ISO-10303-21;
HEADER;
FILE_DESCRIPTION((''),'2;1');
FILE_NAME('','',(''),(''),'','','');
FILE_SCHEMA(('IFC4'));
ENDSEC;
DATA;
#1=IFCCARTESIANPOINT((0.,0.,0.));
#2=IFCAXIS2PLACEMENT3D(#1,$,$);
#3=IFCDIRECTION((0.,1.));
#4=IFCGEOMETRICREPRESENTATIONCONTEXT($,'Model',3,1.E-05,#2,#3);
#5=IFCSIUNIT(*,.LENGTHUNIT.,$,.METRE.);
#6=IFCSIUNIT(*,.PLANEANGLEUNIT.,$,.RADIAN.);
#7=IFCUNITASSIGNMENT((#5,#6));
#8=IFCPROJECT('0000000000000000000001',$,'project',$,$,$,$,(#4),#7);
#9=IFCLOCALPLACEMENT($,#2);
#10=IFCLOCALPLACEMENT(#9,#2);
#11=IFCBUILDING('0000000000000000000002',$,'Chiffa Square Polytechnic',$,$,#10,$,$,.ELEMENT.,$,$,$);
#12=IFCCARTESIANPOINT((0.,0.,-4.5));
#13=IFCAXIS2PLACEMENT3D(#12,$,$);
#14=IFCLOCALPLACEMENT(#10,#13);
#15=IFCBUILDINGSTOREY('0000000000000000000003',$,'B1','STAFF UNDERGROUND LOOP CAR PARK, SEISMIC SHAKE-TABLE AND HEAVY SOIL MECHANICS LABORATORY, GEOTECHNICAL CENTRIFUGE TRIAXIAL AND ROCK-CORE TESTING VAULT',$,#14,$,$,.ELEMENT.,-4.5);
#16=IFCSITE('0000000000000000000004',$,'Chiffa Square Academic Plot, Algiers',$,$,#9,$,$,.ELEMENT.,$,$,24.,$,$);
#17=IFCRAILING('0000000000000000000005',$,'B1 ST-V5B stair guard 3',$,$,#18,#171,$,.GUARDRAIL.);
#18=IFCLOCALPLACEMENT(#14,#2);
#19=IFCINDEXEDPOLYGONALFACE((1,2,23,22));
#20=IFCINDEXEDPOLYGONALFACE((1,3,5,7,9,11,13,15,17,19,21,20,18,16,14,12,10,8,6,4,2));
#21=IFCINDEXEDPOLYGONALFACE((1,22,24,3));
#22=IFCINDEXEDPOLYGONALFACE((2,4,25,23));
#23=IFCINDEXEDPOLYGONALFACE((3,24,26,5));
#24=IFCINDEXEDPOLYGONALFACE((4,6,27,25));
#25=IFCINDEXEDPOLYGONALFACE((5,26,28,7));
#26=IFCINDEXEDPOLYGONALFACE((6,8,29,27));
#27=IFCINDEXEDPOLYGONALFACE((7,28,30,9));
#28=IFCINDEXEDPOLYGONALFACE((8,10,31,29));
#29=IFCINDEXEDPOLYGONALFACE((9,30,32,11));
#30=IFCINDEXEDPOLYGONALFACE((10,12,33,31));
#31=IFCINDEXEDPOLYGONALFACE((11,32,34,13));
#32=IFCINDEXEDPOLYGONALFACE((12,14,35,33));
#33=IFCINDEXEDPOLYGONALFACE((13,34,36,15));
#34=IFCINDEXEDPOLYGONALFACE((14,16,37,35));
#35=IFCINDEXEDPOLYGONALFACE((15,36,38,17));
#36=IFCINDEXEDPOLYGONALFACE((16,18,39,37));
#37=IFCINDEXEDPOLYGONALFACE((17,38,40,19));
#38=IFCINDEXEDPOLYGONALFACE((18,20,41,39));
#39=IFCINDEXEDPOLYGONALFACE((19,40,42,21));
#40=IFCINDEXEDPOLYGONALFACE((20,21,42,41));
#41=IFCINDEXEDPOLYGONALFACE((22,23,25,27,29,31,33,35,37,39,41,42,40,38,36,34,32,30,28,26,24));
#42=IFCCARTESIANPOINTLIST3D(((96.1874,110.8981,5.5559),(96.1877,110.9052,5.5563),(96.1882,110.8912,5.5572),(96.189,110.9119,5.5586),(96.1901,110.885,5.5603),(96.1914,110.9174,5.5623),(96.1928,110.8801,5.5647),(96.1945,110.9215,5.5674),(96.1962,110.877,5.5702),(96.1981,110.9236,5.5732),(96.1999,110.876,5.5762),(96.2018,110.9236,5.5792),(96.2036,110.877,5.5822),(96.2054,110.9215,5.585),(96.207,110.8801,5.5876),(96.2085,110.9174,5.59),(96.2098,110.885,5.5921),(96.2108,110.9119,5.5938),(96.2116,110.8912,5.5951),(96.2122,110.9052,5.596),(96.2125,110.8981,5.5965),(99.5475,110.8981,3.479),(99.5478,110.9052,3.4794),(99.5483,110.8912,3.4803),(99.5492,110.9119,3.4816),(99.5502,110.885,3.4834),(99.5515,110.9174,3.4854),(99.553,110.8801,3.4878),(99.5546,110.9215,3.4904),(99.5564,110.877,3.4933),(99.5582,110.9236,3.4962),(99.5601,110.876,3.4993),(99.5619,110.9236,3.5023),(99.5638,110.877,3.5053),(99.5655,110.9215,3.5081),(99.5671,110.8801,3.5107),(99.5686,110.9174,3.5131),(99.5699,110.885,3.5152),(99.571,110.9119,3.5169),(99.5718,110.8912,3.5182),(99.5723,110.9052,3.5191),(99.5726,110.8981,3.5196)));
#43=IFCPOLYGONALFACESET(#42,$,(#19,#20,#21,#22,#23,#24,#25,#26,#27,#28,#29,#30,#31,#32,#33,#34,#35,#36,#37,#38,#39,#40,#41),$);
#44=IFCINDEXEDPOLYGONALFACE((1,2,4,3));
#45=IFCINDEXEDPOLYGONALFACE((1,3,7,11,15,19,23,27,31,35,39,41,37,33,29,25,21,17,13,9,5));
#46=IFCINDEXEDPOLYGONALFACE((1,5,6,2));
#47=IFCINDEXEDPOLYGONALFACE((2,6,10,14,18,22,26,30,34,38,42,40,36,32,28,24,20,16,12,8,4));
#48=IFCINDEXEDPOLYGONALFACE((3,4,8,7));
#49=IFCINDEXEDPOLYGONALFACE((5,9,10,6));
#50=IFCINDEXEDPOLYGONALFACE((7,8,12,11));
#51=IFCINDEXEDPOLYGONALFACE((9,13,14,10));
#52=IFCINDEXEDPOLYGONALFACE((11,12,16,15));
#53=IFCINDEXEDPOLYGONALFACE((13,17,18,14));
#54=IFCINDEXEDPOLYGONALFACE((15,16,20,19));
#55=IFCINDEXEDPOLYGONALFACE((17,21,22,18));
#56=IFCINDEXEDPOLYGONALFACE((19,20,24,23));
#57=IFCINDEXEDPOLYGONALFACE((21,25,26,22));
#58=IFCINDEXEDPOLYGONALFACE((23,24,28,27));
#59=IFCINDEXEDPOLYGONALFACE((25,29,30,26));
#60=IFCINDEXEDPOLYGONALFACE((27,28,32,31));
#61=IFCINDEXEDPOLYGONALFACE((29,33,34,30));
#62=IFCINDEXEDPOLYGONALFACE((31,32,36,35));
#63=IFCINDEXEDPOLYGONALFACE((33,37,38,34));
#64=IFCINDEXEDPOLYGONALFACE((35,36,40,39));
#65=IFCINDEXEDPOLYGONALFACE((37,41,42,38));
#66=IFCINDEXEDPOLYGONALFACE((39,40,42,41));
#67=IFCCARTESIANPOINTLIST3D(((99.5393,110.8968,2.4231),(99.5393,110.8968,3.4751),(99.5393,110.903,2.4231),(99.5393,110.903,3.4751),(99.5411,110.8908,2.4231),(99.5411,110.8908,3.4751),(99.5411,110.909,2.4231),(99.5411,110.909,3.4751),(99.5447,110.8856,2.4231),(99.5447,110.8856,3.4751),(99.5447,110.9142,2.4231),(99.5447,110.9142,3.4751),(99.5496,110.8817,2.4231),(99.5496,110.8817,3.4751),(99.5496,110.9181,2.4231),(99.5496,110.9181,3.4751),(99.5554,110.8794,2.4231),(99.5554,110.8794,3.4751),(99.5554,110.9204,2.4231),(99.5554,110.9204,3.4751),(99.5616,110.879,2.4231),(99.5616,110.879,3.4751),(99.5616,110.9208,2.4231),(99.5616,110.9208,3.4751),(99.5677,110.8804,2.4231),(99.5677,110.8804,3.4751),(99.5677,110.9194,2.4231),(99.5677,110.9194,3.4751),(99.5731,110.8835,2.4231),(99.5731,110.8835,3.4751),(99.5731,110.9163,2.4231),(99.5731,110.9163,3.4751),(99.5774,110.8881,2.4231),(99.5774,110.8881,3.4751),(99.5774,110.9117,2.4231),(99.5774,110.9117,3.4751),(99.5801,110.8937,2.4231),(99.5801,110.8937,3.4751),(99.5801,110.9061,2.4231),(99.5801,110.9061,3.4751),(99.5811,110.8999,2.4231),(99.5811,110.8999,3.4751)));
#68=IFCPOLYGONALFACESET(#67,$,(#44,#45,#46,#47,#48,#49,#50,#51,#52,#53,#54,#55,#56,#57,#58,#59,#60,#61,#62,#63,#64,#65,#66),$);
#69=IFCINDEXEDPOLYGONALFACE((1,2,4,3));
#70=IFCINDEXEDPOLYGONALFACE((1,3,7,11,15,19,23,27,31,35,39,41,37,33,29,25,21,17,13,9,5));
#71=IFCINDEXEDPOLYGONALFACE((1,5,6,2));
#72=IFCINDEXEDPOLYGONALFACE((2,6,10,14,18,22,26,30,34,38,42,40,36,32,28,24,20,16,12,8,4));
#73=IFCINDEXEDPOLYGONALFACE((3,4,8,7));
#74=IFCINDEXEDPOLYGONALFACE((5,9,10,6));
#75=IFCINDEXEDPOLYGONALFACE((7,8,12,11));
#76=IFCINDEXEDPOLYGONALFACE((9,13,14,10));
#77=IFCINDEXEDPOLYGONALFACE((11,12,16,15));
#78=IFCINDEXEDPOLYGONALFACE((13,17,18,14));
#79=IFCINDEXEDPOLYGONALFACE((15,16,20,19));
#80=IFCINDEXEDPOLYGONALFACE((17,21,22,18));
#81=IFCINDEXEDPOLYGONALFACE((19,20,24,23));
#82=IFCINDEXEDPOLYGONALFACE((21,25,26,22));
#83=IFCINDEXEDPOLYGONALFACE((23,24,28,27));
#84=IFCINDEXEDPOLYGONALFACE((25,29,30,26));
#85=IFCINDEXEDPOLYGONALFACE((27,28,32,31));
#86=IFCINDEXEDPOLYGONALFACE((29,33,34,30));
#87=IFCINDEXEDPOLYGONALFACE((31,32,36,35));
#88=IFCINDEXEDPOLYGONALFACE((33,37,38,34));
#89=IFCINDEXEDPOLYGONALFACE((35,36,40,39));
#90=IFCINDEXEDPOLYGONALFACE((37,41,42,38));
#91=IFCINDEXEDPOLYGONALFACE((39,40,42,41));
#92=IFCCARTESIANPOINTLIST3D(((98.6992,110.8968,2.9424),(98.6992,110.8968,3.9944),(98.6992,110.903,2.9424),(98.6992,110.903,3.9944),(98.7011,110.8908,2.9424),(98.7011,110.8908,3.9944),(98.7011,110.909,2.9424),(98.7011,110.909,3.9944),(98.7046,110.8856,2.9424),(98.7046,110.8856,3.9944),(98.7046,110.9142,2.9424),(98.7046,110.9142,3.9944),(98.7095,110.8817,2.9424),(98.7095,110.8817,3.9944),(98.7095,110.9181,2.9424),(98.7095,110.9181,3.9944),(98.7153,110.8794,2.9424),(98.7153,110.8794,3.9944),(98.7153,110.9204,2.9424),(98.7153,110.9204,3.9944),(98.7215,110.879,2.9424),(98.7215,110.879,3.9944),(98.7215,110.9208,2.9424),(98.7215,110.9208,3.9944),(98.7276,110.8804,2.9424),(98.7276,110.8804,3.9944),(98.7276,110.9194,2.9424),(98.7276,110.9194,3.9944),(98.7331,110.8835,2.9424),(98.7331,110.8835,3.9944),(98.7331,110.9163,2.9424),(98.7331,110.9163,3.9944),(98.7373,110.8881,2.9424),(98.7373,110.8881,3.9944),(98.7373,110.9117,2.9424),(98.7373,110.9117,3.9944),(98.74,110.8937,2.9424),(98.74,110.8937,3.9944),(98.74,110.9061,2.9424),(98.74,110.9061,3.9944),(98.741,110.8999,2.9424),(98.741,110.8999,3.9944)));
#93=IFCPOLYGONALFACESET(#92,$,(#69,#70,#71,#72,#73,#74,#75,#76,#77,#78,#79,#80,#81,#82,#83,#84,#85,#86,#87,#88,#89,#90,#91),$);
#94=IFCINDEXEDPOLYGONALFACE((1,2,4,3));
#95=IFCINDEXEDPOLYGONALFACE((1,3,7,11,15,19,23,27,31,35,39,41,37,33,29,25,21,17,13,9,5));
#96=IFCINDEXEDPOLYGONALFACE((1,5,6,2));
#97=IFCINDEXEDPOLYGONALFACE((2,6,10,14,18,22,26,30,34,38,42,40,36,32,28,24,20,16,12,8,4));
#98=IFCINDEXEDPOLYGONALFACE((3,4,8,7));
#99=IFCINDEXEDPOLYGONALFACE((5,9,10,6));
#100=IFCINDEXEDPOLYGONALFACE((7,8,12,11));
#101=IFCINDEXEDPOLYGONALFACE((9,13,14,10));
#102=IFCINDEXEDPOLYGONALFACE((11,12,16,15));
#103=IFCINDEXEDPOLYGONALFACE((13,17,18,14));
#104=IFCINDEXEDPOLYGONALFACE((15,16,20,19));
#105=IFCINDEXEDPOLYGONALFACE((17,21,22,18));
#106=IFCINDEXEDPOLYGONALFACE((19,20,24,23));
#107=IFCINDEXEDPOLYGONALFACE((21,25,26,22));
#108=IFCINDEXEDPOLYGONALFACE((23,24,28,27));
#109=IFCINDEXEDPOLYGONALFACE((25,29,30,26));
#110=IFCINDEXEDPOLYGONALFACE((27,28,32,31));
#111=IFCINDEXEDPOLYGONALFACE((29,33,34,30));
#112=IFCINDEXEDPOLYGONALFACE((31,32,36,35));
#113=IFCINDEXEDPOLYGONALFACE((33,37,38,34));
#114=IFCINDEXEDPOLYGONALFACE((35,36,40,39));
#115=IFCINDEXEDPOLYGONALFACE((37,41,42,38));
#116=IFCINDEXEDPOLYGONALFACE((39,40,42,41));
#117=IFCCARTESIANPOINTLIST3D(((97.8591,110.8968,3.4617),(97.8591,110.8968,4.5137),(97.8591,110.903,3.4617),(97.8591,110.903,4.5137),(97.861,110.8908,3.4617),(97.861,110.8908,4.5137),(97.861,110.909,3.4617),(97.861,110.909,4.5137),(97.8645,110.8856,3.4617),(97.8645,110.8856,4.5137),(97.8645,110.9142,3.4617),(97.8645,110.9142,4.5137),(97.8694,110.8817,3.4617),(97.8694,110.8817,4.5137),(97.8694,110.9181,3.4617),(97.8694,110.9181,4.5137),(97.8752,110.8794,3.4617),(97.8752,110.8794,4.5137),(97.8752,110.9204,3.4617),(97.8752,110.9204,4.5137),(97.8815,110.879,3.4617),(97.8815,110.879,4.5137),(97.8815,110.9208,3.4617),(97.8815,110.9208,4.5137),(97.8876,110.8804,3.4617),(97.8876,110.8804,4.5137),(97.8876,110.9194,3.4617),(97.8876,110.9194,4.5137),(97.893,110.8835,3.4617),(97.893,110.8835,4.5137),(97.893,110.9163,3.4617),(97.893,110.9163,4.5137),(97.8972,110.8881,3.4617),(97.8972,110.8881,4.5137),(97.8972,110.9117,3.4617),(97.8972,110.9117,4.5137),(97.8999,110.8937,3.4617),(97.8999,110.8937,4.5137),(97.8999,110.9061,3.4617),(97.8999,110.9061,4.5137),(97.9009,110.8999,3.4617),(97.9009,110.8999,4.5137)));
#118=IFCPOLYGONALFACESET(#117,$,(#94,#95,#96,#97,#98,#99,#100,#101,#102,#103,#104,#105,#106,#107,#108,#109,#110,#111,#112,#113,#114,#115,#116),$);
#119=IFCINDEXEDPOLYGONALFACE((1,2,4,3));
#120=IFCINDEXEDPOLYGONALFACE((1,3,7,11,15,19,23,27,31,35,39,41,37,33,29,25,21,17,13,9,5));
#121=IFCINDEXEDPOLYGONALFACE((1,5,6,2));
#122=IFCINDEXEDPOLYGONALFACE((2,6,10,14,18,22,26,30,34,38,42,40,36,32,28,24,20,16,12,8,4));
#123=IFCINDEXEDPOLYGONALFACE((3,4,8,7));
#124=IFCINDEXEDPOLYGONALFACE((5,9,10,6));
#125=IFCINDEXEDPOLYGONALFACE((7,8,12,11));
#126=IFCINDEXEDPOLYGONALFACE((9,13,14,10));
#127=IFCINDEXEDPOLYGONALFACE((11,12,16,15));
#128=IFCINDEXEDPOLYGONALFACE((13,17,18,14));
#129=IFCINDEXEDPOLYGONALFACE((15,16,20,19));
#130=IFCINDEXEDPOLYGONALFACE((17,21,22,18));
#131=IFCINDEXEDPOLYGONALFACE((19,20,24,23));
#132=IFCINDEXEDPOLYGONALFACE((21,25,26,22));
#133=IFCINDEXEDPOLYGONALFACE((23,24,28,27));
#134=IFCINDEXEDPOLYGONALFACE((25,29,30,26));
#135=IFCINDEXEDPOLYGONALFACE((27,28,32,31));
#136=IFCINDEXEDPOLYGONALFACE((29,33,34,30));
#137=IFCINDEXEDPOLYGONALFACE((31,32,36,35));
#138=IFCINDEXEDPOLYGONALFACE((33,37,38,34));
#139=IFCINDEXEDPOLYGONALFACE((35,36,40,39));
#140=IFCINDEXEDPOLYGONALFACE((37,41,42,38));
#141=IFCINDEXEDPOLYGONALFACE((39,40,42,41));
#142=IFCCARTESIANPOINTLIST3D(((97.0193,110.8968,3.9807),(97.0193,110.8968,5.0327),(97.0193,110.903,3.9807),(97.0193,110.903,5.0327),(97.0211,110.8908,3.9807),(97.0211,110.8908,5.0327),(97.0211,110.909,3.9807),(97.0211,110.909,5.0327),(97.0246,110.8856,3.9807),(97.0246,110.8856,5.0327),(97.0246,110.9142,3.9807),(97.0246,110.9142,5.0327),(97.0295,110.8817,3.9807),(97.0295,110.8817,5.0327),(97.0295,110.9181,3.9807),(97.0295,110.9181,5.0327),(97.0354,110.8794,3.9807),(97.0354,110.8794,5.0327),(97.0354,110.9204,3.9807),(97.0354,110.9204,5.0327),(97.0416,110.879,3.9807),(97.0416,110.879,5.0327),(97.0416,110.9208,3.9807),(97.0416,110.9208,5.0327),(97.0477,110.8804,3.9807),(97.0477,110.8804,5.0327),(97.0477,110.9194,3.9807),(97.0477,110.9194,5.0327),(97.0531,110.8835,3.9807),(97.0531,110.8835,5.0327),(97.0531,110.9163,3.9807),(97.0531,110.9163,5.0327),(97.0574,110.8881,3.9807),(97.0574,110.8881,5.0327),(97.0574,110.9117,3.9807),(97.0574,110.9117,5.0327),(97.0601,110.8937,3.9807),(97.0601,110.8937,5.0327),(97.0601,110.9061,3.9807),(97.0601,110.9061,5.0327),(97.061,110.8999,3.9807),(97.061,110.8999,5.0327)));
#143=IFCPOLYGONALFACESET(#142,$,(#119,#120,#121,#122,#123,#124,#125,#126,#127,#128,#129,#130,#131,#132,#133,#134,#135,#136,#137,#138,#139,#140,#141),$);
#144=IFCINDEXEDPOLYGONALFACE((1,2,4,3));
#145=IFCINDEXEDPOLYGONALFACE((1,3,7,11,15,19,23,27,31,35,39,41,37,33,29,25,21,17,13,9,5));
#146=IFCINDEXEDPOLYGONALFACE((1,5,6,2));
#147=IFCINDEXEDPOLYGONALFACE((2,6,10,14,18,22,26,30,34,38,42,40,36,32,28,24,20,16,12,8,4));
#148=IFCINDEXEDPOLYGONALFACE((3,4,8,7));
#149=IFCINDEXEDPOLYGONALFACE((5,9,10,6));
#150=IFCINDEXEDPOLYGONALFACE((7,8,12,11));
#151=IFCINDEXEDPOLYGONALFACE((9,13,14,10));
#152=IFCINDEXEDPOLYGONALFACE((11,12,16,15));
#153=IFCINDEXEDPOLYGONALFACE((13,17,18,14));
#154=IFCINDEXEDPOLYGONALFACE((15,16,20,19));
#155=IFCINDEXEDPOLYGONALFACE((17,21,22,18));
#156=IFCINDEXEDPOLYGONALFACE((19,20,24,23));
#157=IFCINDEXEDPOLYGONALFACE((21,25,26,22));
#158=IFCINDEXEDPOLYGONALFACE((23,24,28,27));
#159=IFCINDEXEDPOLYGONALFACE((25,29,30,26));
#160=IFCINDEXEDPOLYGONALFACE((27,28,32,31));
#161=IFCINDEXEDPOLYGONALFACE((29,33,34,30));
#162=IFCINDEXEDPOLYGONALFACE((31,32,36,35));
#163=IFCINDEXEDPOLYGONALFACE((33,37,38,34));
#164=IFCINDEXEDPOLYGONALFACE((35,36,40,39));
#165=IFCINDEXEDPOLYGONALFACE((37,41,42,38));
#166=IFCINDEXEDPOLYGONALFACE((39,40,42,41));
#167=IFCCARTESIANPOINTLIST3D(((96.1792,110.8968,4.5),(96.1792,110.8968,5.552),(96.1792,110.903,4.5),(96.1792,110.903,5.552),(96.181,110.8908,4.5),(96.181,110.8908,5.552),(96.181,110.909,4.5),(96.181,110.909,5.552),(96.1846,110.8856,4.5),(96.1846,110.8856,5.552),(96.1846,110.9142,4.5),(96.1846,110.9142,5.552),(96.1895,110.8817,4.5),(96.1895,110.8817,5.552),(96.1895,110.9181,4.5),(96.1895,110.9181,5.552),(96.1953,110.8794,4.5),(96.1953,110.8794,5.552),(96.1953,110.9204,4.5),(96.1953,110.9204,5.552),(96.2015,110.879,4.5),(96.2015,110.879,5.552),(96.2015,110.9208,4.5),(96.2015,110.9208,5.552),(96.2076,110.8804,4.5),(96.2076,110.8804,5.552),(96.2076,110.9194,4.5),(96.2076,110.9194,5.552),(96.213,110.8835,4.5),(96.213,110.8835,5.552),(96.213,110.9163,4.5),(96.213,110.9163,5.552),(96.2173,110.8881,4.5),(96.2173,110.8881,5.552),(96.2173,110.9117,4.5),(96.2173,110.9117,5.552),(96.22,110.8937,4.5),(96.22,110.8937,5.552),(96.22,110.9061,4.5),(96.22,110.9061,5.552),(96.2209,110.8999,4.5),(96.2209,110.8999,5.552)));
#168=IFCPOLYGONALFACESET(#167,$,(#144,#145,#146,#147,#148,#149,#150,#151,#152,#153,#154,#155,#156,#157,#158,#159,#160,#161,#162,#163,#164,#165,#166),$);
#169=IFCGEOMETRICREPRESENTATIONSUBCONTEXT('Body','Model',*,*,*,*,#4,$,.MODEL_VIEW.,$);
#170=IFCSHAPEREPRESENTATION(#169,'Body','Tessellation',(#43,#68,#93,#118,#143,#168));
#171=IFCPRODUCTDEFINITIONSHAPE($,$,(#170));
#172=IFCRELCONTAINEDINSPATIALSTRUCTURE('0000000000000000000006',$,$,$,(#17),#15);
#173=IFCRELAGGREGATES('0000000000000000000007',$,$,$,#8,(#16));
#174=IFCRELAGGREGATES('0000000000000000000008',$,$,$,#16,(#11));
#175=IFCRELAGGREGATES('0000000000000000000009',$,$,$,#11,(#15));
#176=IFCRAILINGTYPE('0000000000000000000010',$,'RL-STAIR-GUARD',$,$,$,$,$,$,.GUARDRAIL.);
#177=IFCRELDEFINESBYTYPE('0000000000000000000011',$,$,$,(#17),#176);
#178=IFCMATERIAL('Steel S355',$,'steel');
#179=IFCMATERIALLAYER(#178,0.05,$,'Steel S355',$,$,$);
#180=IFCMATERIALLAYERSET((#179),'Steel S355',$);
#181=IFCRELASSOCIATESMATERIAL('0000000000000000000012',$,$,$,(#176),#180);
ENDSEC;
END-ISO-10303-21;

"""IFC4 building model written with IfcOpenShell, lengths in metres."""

from ifc_helpers import new_model, si_unit, direction, frame, origin, origin_2d, place, context, subcontext, project, spatial, circle, extrude, material, layer, layer_set, type_object, element, save


model = new_model("IFC4")

# Units and contexts
model_context = context("Model", 3, precision=1e-05, world=origin(), true_north=direction((0.0, 1.0)))
body_context = subcontext(model_context, "Body", "Model", "MODEL_VIEW")
ifc_project = project(units=[si_unit("LENGTHUNIT", "METRE"), si_unit("PLANEANGLEUNIT", "RADIAN")], contexts=[model_context])

# Site, building, storey
site_placement = place(None, origin())
site = spatial("IfcSite", under=ifc_project, at=site_placement, Name="Chiffa Square Academic Plot, Algiers", CompositionType="ELEMENT", RefElevation=24.0)
building_placement = place(site_placement, origin())
building = spatial("IfcBuilding", under=site, at=building_placement, Name="Chiffa Square Polytechnic", CompositionType="ELEMENT")
storey_placement = place(building_placement, frame((0.0, 0.0, -4.5)))
storey = spatial("IfcBuildingStorey", under=building, at=storey_placement, Name="B1", Description="STAFF UNDERGROUND LOOP CAR PARK, SEISMIC SHAKE-TABLE AND HEAVY SOIL MECHANICS LABORATORY, GEOTECHNICAL CENTRIFUGE TRIAXIAL AND ROCK-CORE TESTING VAULT", CompositionType="ELEMENT", Elevation=-4.5)

# Railing
ifc_material_1 = material(Name="Steel S355", Category="steel")
ifc_layer_1 = layer(ifc_material_1, 0.05, Name="Steel S355")
ifc_layer_set_1 = layer_set([ifc_layer_1], Name="Steel S355")
railing_type_1 = type_object("IfcRailingType", Name="RL-STAIR-GUARD", PredefinedType="GUARDRAIL", material=ifc_layer_set_1)
railing_1_placement = place(storey_placement, frame((99.5601, 110.8999, 2.4231)))
element("IfcRailing", 1, at=railing_1_placement, inside=storey, type_object=railing_type_1, Name="B1 ST-V5B stair guard 3", PredefinedType="GUARDRAIL", context=body_context, shape_type="SweptSolid", body=[
    extrude(circle(Radius=0.0239, at=origin_2d()), frame((0.0, 0.0, 1.0762), z_axis=(-0.850623, 0.0, 0.525776), x_axis=(0.0, -1.0, 0.0)), (0.0, 0.0, 1.0), 3.9502),
    extrude(circle(Radius=0.021, at=origin_2d()), origin(), (0.0, 0.0, 1.0), 1.052),
    extrude(circle(Radius=0.021, at=origin_2d()), frame((-0.8401, 0.0, 0.5193)), (0.0, 0.0, 1.0), 1.052),
    extrude(circle(Radius=0.021, at=origin_2d()), frame((-1.6802, 0.0, 1.0386)), (0.0, 0.0, 1.0), 1.052),
    extrude(circle(Radius=0.021, at=origin_2d()), frame((-2.52, 0.0, 1.5576)), (0.0, 0.0, 1.0), 1.052),
    extrude(circle(Radius=0.021, at=origin_2d()), frame((-3.3601, 0.0, 2.0769)), (0.0, 0.0, 1.0), 1.052),
])

save(model, "model.ifc")
